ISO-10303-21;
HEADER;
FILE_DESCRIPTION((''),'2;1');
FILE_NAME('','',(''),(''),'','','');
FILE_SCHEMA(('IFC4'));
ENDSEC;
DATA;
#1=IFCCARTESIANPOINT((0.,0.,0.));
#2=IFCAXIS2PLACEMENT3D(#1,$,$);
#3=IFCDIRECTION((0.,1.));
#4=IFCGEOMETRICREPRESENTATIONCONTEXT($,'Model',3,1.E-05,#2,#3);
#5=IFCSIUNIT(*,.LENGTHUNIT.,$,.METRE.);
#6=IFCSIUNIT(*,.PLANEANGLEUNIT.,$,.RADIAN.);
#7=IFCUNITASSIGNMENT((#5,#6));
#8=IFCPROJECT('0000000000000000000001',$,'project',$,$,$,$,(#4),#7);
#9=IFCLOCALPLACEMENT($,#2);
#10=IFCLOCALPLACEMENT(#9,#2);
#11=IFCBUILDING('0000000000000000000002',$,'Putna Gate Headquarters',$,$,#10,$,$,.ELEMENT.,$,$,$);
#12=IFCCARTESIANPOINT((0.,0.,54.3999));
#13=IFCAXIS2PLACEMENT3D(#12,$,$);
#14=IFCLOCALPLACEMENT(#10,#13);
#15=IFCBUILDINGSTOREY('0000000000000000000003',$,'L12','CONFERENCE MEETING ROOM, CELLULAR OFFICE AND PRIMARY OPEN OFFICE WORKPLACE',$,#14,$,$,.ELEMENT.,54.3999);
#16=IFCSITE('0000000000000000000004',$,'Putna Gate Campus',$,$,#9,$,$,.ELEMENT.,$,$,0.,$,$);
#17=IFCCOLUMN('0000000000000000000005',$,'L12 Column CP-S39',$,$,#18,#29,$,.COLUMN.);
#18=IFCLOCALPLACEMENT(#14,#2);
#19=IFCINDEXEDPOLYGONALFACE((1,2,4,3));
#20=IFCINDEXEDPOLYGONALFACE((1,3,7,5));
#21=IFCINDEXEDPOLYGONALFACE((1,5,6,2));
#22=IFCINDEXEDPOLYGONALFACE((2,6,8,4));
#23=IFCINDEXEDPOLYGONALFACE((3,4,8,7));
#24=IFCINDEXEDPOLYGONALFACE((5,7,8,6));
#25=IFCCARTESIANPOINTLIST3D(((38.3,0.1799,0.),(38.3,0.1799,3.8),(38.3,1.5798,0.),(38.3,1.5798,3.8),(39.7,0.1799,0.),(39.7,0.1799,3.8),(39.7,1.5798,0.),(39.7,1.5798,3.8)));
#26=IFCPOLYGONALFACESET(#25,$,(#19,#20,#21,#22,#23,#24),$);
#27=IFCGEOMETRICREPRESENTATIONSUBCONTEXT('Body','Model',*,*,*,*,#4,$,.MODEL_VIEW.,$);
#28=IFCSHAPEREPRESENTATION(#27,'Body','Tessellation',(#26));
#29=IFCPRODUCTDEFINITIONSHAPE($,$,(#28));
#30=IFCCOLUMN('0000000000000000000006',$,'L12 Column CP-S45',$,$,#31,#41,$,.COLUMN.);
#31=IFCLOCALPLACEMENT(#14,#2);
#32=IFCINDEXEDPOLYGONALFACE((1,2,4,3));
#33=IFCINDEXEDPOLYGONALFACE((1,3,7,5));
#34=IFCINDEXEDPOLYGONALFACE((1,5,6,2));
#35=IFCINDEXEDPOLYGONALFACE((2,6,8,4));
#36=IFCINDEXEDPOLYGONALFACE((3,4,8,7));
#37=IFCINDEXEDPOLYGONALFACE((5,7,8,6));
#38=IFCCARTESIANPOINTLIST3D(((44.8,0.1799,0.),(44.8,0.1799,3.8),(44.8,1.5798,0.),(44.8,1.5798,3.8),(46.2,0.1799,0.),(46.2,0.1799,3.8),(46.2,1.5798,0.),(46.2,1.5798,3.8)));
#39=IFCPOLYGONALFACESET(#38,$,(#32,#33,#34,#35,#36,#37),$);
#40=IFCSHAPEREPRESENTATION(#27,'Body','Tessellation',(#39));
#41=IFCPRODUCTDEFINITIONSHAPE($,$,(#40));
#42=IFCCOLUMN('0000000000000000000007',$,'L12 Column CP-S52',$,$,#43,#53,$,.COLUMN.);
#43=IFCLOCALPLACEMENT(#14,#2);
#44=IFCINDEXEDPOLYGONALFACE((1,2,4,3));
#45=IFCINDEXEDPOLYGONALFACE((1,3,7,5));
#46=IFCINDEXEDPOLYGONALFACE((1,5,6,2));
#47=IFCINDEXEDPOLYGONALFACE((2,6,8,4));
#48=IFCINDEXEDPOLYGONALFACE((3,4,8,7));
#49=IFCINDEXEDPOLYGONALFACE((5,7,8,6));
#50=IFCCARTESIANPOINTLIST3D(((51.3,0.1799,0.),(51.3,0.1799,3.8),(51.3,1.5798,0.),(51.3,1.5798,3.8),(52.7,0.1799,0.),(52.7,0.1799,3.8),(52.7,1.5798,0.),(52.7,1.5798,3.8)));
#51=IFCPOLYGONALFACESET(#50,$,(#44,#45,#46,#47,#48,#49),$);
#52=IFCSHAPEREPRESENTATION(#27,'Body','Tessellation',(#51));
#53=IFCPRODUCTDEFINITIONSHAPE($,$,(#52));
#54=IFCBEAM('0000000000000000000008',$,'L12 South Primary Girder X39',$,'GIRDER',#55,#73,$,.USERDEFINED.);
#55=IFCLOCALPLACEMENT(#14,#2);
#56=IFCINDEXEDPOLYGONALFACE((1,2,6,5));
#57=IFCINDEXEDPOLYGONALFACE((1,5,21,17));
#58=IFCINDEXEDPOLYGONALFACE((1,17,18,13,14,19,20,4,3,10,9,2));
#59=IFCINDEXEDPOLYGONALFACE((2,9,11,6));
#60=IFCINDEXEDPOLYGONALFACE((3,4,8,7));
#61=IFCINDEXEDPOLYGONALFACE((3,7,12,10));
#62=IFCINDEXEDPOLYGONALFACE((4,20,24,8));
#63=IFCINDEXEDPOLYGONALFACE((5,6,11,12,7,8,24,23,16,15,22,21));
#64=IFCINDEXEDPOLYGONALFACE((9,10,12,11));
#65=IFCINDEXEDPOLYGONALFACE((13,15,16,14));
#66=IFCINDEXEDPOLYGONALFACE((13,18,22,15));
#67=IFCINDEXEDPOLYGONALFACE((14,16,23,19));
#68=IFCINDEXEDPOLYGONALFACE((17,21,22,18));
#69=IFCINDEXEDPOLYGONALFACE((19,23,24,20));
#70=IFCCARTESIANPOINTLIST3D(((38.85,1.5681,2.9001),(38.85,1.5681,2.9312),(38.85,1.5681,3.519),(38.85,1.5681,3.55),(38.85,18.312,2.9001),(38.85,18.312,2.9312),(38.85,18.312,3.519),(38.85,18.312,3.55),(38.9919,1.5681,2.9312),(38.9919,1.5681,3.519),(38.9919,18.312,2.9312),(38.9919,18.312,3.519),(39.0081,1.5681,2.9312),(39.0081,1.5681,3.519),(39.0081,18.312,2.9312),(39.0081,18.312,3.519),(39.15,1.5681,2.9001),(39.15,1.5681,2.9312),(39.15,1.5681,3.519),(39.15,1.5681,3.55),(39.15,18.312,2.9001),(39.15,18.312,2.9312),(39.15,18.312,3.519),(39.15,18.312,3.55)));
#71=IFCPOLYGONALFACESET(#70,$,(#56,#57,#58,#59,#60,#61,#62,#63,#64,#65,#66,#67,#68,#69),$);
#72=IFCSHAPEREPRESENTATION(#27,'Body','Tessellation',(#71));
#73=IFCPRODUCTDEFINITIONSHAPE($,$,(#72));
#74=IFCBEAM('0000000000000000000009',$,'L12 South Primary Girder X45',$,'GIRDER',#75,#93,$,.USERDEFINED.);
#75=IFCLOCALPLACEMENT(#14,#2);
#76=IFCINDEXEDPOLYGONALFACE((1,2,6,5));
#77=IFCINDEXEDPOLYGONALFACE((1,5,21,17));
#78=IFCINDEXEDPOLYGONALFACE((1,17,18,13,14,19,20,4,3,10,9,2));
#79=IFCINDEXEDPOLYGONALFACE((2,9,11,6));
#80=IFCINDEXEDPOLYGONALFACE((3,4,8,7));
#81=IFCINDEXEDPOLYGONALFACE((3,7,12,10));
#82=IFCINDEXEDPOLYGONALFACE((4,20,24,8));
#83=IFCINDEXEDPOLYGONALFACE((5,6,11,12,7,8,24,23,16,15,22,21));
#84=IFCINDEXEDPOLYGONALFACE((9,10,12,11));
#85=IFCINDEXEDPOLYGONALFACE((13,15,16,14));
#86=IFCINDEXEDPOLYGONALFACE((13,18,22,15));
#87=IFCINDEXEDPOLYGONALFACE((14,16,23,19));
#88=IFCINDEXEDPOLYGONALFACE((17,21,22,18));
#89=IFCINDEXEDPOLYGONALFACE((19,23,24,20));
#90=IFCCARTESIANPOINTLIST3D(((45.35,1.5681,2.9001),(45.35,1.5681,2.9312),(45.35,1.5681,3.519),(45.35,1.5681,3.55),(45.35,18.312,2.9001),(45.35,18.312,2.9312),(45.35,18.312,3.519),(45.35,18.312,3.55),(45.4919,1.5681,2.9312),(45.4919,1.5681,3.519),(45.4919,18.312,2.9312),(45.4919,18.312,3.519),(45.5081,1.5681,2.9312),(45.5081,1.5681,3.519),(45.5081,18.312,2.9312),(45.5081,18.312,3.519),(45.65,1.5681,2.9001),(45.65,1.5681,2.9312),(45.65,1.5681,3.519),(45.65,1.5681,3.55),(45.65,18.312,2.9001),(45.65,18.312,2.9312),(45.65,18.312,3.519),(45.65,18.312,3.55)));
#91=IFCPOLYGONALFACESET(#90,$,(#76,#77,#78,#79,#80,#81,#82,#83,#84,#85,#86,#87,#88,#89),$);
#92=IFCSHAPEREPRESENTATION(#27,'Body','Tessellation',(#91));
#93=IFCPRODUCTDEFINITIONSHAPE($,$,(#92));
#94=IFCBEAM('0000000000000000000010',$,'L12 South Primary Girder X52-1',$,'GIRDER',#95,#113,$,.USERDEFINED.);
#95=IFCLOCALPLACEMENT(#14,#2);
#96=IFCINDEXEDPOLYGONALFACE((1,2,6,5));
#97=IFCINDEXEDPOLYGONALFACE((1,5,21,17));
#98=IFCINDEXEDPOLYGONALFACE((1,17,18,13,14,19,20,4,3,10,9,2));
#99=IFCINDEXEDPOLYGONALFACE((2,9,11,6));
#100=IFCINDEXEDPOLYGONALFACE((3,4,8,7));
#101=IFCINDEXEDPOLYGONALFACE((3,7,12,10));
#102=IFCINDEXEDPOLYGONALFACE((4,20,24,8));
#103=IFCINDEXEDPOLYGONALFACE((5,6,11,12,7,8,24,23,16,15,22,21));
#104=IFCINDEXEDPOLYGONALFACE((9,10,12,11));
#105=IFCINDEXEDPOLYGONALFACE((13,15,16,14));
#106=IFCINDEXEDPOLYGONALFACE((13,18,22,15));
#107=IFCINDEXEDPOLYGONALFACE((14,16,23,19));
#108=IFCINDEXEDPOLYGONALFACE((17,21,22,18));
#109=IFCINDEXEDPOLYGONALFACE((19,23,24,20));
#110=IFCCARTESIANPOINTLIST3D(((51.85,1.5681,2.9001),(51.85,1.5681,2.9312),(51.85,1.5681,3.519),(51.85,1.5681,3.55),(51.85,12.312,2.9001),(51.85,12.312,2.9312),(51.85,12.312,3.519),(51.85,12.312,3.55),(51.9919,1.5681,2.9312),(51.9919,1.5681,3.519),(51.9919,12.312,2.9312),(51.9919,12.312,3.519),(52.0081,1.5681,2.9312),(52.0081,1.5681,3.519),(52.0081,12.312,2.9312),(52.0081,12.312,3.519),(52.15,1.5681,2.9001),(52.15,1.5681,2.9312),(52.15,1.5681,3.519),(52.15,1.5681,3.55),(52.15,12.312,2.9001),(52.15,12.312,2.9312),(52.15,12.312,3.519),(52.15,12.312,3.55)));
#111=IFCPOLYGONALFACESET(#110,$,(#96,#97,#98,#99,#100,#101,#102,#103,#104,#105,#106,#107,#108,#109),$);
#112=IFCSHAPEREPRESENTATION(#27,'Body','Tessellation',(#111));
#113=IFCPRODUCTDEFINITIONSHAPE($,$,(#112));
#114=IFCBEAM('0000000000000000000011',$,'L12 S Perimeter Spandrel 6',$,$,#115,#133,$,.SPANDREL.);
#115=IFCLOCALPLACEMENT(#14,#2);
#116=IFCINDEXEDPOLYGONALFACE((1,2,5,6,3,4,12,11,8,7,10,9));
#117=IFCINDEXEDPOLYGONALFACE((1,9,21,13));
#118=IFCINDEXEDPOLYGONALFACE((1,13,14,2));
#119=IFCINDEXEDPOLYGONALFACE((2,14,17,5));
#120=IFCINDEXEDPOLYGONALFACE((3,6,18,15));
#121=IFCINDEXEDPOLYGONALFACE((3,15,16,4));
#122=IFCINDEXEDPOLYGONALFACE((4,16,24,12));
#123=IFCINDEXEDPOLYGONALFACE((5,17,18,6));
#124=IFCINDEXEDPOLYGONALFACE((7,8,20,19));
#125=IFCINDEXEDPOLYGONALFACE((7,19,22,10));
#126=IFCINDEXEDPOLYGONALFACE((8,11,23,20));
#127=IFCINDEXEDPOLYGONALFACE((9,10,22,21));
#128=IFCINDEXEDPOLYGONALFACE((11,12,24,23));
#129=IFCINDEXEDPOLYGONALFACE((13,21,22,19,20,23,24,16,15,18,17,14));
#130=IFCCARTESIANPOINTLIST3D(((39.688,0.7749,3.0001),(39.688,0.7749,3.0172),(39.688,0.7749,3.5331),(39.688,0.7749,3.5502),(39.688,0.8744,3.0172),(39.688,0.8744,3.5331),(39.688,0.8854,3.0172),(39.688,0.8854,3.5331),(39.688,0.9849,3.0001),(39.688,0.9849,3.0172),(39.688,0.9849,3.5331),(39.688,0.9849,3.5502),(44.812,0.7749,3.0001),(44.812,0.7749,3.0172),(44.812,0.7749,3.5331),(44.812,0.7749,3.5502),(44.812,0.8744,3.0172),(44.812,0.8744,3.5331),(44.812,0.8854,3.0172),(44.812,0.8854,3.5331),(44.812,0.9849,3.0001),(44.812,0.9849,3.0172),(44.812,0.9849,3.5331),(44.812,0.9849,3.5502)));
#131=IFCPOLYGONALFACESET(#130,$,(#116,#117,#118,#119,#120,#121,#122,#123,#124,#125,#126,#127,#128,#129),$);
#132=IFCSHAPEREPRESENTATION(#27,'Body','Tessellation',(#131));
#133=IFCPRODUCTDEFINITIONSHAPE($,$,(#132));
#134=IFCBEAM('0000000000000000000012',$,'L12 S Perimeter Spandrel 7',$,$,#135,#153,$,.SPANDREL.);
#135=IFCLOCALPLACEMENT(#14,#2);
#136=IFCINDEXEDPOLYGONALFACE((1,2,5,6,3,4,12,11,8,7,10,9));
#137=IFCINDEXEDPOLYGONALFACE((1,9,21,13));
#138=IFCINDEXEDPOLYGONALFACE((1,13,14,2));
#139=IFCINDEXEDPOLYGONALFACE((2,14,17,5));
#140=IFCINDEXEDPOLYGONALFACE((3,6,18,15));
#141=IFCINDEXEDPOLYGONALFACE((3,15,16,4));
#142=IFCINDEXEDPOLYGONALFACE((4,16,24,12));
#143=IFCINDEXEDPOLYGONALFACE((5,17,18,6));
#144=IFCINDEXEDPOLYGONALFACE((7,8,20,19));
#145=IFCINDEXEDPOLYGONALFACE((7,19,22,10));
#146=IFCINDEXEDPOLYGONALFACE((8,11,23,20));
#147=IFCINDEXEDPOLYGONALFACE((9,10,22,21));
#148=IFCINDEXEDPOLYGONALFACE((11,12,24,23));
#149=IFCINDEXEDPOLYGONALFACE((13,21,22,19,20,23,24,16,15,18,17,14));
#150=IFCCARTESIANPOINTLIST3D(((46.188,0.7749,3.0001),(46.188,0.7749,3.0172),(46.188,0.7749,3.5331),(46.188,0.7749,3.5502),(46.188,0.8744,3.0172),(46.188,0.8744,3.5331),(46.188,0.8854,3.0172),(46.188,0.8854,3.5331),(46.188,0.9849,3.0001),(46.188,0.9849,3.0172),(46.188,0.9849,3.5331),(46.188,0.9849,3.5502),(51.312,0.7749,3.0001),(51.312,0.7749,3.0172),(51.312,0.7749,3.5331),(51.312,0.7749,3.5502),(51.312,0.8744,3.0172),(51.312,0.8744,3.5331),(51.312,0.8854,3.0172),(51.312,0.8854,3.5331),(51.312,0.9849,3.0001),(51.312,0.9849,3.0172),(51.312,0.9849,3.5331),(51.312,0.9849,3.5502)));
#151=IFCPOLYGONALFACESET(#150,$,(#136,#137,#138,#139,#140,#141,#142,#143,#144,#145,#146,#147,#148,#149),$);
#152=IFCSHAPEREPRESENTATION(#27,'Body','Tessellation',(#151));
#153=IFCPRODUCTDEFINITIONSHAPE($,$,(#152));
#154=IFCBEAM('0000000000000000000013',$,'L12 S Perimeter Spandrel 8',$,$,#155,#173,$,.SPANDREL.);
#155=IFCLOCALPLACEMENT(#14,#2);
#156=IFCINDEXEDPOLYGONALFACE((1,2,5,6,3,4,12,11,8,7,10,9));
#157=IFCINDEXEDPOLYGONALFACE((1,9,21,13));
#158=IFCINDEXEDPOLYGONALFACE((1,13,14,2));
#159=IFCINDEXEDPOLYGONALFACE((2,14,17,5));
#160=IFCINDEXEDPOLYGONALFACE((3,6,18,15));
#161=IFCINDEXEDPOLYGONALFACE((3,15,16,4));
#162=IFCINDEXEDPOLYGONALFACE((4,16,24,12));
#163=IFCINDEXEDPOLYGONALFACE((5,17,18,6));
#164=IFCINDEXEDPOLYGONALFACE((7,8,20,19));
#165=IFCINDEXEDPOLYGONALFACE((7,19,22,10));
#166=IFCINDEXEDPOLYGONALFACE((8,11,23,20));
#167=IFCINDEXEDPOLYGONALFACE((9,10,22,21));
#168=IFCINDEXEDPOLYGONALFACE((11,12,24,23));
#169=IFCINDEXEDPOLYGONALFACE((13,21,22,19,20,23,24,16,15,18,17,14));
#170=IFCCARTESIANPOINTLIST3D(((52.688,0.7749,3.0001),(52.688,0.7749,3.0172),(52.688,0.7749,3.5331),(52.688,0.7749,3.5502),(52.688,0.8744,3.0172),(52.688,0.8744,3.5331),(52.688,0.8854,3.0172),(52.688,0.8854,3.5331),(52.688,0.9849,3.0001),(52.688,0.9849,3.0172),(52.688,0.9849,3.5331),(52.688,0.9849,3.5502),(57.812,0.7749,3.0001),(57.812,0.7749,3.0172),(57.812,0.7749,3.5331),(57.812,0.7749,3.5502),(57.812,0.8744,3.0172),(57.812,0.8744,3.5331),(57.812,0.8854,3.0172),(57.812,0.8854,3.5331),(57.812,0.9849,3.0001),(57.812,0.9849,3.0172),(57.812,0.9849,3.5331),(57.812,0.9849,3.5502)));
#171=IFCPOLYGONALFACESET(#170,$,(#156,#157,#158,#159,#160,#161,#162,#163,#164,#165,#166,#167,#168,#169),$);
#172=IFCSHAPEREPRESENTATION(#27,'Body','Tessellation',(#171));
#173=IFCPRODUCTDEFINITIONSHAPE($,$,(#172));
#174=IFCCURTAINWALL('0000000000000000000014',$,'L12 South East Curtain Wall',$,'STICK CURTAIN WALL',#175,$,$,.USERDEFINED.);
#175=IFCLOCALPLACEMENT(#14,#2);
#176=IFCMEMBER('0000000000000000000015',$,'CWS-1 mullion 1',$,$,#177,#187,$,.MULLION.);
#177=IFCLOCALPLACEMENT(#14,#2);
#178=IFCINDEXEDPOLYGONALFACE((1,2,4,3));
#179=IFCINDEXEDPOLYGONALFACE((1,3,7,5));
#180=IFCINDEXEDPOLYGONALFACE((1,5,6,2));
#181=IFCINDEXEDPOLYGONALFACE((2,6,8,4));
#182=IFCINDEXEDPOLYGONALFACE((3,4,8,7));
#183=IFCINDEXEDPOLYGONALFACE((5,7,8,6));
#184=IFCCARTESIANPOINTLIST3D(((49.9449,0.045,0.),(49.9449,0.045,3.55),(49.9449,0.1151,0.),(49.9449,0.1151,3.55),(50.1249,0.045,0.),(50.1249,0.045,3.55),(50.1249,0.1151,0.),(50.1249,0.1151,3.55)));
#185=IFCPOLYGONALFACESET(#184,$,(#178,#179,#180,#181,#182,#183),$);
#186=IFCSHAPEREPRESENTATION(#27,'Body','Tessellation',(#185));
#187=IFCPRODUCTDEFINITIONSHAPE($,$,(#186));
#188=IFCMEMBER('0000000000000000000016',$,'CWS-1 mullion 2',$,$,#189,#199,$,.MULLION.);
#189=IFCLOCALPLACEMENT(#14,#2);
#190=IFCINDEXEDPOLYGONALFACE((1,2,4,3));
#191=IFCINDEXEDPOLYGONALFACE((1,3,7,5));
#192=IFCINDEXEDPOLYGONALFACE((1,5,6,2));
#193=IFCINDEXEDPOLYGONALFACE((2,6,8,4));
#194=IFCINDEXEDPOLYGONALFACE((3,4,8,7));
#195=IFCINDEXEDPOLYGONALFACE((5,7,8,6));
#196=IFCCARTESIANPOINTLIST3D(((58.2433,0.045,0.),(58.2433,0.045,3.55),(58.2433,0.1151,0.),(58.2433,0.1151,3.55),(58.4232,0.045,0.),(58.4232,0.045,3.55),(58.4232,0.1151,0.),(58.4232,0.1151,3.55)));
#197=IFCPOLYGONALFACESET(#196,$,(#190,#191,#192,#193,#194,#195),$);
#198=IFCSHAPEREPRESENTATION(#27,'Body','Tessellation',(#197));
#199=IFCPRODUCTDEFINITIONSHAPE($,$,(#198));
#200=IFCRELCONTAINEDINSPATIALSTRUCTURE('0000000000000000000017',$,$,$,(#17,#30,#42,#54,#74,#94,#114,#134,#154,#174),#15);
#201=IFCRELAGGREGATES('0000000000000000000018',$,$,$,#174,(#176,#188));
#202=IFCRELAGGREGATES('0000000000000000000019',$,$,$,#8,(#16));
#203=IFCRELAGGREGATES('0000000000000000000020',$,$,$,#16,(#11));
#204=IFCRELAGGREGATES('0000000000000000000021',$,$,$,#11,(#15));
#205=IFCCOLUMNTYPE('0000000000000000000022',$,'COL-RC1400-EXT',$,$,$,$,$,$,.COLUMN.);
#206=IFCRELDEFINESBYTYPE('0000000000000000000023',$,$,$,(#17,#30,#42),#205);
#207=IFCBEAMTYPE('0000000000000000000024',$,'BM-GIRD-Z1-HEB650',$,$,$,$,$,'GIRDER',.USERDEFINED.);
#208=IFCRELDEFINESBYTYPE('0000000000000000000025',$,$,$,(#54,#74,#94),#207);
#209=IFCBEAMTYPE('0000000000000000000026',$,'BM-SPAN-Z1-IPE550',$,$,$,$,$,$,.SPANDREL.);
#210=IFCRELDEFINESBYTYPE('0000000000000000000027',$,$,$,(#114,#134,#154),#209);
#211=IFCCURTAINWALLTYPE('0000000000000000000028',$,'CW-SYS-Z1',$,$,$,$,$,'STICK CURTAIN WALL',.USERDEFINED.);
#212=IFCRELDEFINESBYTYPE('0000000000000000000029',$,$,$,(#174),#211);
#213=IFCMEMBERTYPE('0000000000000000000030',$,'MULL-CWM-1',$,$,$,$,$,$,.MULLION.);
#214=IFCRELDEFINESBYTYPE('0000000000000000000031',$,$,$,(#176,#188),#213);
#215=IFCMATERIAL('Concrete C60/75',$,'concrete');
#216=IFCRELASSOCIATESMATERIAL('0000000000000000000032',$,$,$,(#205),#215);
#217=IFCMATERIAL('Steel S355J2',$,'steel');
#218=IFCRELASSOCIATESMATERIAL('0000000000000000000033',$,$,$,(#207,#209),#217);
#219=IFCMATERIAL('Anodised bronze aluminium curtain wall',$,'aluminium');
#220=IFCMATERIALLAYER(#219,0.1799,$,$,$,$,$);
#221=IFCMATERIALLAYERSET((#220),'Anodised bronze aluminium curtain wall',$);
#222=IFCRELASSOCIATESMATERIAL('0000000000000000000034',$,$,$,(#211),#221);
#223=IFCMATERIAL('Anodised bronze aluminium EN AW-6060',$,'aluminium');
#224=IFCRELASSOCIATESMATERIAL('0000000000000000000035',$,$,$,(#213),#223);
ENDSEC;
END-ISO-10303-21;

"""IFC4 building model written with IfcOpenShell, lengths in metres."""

from ifc_helpers import new_model, si_unit, direction, frame, origin, origin_2d, place, context, subcontext, project, spatial, rectangle, i_section, extrude, material, layer, layer_set, material_profile, profile_set, type_object, element, aggregate, save


model = new_model("IFC4")

# Units and contexts
model_context = context("Model", 3, precision=1e-05, world=origin(), true_north=direction((0.0, 1.0)))
body_context = subcontext(model_context, "Body", "Model", "MODEL_VIEW")
ifc_project = project(units=[si_unit("LENGTHUNIT", "METRE"), si_unit("PLANEANGLEUNIT", "RADIAN")], contexts=[model_context])

# Site, building, storey
site_placement = place(None, origin())
site = spatial("IfcSite", under=ifc_project, at=site_placement, Name="Putna Gate Campus", CompositionType="ELEMENT", RefElevation=0.0)
building_placement = place(site_placement, origin())
building = spatial("IfcBuilding", under=site, at=building_placement, Name="Putna Gate Headquarters", CompositionType="ELEMENT")
storey_placement = place(building_placement, frame((0.0, 0.0, 54.3999)))
storey = spatial("IfcBuildingStorey", under=building, at=storey_placement, Name="L12", Description="CONFERENCE MEETING ROOM, CELLULAR OFFICE AND PRIMARY OPEN OFFICE WORKPLACE", CompositionType="ELEMENT", Elevation=54.3999)

# Columns
ifc_material_1 = material(Name="Concrete C60/75", Category="concrete")
ifc_material_profile_1 = material_profile(ifc_material_1, rectangle(XDim=1.3999, YDim=1.3999, at=origin_2d()), Name="Concrete C60/75")
ifc_profile_set_1 = profile_set([ifc_material_profile_1], Name="Concrete C60/75")
column_type = type_object("IfcColumnType", Name="COL-RC1400-EXT", PredefinedType="COLUMN", material=ifc_profile_set_1)
for number, where, z_axis, x_axis, name in (
    (1, (39.0, 0.8799, 0.0), (0.0, 0.0, 1.0), (1.0, 0.0, 0.0), "L12 Column CP-S39"),
    (2, (45.5, 0.8799, 0.0), (0.0, 0.0, 1.0), (1.0, 0.0, 0.0), "L12 Column CP-S45"),
    (3, (52.0, 0.8799, 0.0), (0.0, 0.0, 1.0), (1.0, 0.0, 0.0), "L12 Column CP-S52"),
):
    element("IfcColumn", number, at=place(storey_placement, frame(where, z_axis=z_axis, x_axis=x_axis)), inside=storey, type_object=column_type, Name=name, PredefinedType="COLUMN", context=body_context, shape_type="SweptSolid", body=[
        extrude(rectangle(XDim=1.3999, YDim=1.3999, at=origin_2d()), origin(), (0.0, 0.0, 1.0), 3.8),
    ])

# Beams
ifc_material_2 = material(Name="Steel S355J2", Category="steel")
ifc_material_profile_2 = material_profile(ifc_material_2, i_section(OverallWidth=0.3, OverallDepth=0.6499, WebThickness=0.0161, FlangeThickness=0.031, at=origin_2d()), Name="Steel S355J2")
ifc_profile_set_2 = profile_set([ifc_material_profile_2], Name="Steel S355J2")
beam_type_1 = type_object("IfcBeamType", Name="BM-GIRD-Z1-HEB650", ElementType="GIRDER", PredefinedType="USERDEFINED", material=ifc_profile_set_2)
for number, where, z_axis, x_axis, name in (
    (4, (39.0, 1.5681, 3.2251), (0.0, 1.0, 0.0), (-1.0, 0.0, 0.0), "L12 South Primary Girder X39"),
    (5, (45.5, 1.5681, 3.2251), (0.0, 1.0, 0.0), (-1.0, 0.0, 0.0), "L12 South Primary Girder X45"),
):
    element("IfcBeam", number, at=place(storey_placement, frame(where, z_axis=z_axis, x_axis=x_axis)), inside=storey, type_object=beam_type_1, Name=name, ObjectType="GIRDER", PredefinedType="USERDEFINED", context=body_context, shape_type="SweptSolid", body=[
        extrude(i_section(OverallWidth=0.3, OverallDepth=0.6499, WebThickness=0.0161, FlangeThickness=0.031, at=origin_2d()), origin(), (0.0, 0.0, 1.0), 16.7439),
    ])
beam_placement = place(storey_placement, frame((52.0, 1.5681, 3.2251), z_axis=(0.0, 1.0, 0.0), x_axis=(-1.0, 0.0, 0.0)))
element("IfcBeam", 6, at=beam_placement, inside=storey, type_object=beam_type_1, Name="L12 South Primary Girder X52-1", ObjectType="GIRDER", PredefinedType="USERDEFINED", context=body_context, shape_type="SweptSolid", body=[
    extrude(i_section(OverallWidth=0.3, OverallDepth=0.6499, WebThickness=0.0161, FlangeThickness=0.031, at=origin_2d()), origin(), (0.0, 0.0, 1.0), 10.7439),
])
ifc_material_profile_3 = material_profile(ifc_material_2, i_section(OverallWidth=0.21, OverallDepth=0.55, WebThickness=0.011, FlangeThickness=0.0171, at=origin_2d()), Name="Steel S355J2")
ifc_profile_set_3 = profile_set([ifc_material_profile_3], Name="Steel S355J2")
beam_type_2 = type_object("IfcBeamType", Name="BM-SPAN-Z1-IPE550", PredefinedType="SPANDREL", material=ifc_profile_set_3)
for number, where, z_axis, x_axis, name in (
    (7, (39.688, 0.8799, 3.2751), (1.0, 0.0, 0.0), (0.0, 1.0, 0.0), "L12 S Perimeter Spandrel 6"),
    (8, (46.188, 0.8799, 3.2751), (1.0, 0.0, 0.0), (0.0, 1.0, 0.0), "L12 S Perimeter Spandrel 7"),
    (9, (52.688, 0.8799, 3.2751), (1.0, 0.0, 0.0), (0.0, 1.0, 0.0), "L12 S Perimeter Spandrel 8"),
):
    element("IfcBeam", number, at=place(storey_placement, frame(where, z_axis=z_axis, x_axis=x_axis)), inside=storey, type_object=beam_type_2, Name=name, PredefinedType="SPANDREL", context=body_context, shape_type="SweptSolid", body=[
        extrude(i_section(OverallWidth=0.21, OverallDepth=0.55, WebThickness=0.011, FlangeThickness=0.0171, at=origin_2d()), origin(), (0.0, 0.0, 1.0), 5.124),
    ])

# Curtain wall, members
ifc_material_3 = material(Name="Anodised bronze aluminium curtain wall", Category="aluminium")
ifc_layer_1 = layer(ifc_material_3, 0.1799)
ifc_layer_set_1 = layer_set([ifc_layer_1], Name="Anodised bronze aluminium curtain wall")
curtain_wall_type_1 = type_object("IfcCurtainWallType", Name="CW-SYS-Z1", ElementType="STICK CURTAIN WALL", PredefinedType="USERDEFINED", material=ifc_layer_set_1)
curtain_wall_1_placement = place(storey_placement, origin())
curtain_wall_1 = element("IfcCurtainWall", 10, at=curtain_wall_1_placement, inside=storey, type_object=curtain_wall_type_1, Name="L12 South East Curtain Wall", ObjectType="STICK CURTAIN WALL", PredefinedType="USERDEFINED")
ifc_material_4 = material(Name="Anodised bronze aluminium EN AW-6060", Category="aluminium")
ifc_material_profile_4 = material_profile(ifc_material_4, rectangle(XDim=0.0701, YDim=0.1799, at=origin_2d()), Name="Anodised bronze aluminium EN AW-6060")
ifc_profile_set_4 = profile_set([ifc_material_profile_4], Name="Anodised bronze aluminium EN AW-6060")
member_type_1 = type_object("IfcMemberType", Name="MULL-CWM-1", PredefinedType="MULLION", material=ifc_profile_set_4)
member_1_placement = place(storey_placement, frame((50.0349, 0.0801, 0.0), z_axis=(0.0, 0.0, 1.0), x_axis=(0.0, 1.0, 0.0)))
member_1 = element("IfcMember", 11, at=member_1_placement, type_object=member_type_1, Name="CWS-1 mullion 1", PredefinedType="MULLION", context=body_context, shape_type="SweptSolid", body=[
    extrude(rectangle(XDim=0.0701, YDim=0.1799, at=origin_2d()), origin(), (0.0, 0.0, 1.0), 3.55),
])
member_2_placement = place(storey_placement, frame((58.3333, 0.0801, 0.0), z_axis=(0.0, 0.0, 1.0), x_axis=(0.0, 1.0, 0.0)))
member_2 = element("IfcMember", 12, at=member_2_placement, type_object=member_type_1, Name="CWS-1 mullion 2", PredefinedType="MULLION", context=body_context, shape_type="SweptSolid", body=[
    extrude(rectangle(XDim=0.0701, YDim=0.1799, at=origin_2d()), origin(), (0.0, 0.0, 1.0), 3.55),
])

aggregate(curtain_wall_1, [member_1, member_2])

save(model, "model.ifc")
